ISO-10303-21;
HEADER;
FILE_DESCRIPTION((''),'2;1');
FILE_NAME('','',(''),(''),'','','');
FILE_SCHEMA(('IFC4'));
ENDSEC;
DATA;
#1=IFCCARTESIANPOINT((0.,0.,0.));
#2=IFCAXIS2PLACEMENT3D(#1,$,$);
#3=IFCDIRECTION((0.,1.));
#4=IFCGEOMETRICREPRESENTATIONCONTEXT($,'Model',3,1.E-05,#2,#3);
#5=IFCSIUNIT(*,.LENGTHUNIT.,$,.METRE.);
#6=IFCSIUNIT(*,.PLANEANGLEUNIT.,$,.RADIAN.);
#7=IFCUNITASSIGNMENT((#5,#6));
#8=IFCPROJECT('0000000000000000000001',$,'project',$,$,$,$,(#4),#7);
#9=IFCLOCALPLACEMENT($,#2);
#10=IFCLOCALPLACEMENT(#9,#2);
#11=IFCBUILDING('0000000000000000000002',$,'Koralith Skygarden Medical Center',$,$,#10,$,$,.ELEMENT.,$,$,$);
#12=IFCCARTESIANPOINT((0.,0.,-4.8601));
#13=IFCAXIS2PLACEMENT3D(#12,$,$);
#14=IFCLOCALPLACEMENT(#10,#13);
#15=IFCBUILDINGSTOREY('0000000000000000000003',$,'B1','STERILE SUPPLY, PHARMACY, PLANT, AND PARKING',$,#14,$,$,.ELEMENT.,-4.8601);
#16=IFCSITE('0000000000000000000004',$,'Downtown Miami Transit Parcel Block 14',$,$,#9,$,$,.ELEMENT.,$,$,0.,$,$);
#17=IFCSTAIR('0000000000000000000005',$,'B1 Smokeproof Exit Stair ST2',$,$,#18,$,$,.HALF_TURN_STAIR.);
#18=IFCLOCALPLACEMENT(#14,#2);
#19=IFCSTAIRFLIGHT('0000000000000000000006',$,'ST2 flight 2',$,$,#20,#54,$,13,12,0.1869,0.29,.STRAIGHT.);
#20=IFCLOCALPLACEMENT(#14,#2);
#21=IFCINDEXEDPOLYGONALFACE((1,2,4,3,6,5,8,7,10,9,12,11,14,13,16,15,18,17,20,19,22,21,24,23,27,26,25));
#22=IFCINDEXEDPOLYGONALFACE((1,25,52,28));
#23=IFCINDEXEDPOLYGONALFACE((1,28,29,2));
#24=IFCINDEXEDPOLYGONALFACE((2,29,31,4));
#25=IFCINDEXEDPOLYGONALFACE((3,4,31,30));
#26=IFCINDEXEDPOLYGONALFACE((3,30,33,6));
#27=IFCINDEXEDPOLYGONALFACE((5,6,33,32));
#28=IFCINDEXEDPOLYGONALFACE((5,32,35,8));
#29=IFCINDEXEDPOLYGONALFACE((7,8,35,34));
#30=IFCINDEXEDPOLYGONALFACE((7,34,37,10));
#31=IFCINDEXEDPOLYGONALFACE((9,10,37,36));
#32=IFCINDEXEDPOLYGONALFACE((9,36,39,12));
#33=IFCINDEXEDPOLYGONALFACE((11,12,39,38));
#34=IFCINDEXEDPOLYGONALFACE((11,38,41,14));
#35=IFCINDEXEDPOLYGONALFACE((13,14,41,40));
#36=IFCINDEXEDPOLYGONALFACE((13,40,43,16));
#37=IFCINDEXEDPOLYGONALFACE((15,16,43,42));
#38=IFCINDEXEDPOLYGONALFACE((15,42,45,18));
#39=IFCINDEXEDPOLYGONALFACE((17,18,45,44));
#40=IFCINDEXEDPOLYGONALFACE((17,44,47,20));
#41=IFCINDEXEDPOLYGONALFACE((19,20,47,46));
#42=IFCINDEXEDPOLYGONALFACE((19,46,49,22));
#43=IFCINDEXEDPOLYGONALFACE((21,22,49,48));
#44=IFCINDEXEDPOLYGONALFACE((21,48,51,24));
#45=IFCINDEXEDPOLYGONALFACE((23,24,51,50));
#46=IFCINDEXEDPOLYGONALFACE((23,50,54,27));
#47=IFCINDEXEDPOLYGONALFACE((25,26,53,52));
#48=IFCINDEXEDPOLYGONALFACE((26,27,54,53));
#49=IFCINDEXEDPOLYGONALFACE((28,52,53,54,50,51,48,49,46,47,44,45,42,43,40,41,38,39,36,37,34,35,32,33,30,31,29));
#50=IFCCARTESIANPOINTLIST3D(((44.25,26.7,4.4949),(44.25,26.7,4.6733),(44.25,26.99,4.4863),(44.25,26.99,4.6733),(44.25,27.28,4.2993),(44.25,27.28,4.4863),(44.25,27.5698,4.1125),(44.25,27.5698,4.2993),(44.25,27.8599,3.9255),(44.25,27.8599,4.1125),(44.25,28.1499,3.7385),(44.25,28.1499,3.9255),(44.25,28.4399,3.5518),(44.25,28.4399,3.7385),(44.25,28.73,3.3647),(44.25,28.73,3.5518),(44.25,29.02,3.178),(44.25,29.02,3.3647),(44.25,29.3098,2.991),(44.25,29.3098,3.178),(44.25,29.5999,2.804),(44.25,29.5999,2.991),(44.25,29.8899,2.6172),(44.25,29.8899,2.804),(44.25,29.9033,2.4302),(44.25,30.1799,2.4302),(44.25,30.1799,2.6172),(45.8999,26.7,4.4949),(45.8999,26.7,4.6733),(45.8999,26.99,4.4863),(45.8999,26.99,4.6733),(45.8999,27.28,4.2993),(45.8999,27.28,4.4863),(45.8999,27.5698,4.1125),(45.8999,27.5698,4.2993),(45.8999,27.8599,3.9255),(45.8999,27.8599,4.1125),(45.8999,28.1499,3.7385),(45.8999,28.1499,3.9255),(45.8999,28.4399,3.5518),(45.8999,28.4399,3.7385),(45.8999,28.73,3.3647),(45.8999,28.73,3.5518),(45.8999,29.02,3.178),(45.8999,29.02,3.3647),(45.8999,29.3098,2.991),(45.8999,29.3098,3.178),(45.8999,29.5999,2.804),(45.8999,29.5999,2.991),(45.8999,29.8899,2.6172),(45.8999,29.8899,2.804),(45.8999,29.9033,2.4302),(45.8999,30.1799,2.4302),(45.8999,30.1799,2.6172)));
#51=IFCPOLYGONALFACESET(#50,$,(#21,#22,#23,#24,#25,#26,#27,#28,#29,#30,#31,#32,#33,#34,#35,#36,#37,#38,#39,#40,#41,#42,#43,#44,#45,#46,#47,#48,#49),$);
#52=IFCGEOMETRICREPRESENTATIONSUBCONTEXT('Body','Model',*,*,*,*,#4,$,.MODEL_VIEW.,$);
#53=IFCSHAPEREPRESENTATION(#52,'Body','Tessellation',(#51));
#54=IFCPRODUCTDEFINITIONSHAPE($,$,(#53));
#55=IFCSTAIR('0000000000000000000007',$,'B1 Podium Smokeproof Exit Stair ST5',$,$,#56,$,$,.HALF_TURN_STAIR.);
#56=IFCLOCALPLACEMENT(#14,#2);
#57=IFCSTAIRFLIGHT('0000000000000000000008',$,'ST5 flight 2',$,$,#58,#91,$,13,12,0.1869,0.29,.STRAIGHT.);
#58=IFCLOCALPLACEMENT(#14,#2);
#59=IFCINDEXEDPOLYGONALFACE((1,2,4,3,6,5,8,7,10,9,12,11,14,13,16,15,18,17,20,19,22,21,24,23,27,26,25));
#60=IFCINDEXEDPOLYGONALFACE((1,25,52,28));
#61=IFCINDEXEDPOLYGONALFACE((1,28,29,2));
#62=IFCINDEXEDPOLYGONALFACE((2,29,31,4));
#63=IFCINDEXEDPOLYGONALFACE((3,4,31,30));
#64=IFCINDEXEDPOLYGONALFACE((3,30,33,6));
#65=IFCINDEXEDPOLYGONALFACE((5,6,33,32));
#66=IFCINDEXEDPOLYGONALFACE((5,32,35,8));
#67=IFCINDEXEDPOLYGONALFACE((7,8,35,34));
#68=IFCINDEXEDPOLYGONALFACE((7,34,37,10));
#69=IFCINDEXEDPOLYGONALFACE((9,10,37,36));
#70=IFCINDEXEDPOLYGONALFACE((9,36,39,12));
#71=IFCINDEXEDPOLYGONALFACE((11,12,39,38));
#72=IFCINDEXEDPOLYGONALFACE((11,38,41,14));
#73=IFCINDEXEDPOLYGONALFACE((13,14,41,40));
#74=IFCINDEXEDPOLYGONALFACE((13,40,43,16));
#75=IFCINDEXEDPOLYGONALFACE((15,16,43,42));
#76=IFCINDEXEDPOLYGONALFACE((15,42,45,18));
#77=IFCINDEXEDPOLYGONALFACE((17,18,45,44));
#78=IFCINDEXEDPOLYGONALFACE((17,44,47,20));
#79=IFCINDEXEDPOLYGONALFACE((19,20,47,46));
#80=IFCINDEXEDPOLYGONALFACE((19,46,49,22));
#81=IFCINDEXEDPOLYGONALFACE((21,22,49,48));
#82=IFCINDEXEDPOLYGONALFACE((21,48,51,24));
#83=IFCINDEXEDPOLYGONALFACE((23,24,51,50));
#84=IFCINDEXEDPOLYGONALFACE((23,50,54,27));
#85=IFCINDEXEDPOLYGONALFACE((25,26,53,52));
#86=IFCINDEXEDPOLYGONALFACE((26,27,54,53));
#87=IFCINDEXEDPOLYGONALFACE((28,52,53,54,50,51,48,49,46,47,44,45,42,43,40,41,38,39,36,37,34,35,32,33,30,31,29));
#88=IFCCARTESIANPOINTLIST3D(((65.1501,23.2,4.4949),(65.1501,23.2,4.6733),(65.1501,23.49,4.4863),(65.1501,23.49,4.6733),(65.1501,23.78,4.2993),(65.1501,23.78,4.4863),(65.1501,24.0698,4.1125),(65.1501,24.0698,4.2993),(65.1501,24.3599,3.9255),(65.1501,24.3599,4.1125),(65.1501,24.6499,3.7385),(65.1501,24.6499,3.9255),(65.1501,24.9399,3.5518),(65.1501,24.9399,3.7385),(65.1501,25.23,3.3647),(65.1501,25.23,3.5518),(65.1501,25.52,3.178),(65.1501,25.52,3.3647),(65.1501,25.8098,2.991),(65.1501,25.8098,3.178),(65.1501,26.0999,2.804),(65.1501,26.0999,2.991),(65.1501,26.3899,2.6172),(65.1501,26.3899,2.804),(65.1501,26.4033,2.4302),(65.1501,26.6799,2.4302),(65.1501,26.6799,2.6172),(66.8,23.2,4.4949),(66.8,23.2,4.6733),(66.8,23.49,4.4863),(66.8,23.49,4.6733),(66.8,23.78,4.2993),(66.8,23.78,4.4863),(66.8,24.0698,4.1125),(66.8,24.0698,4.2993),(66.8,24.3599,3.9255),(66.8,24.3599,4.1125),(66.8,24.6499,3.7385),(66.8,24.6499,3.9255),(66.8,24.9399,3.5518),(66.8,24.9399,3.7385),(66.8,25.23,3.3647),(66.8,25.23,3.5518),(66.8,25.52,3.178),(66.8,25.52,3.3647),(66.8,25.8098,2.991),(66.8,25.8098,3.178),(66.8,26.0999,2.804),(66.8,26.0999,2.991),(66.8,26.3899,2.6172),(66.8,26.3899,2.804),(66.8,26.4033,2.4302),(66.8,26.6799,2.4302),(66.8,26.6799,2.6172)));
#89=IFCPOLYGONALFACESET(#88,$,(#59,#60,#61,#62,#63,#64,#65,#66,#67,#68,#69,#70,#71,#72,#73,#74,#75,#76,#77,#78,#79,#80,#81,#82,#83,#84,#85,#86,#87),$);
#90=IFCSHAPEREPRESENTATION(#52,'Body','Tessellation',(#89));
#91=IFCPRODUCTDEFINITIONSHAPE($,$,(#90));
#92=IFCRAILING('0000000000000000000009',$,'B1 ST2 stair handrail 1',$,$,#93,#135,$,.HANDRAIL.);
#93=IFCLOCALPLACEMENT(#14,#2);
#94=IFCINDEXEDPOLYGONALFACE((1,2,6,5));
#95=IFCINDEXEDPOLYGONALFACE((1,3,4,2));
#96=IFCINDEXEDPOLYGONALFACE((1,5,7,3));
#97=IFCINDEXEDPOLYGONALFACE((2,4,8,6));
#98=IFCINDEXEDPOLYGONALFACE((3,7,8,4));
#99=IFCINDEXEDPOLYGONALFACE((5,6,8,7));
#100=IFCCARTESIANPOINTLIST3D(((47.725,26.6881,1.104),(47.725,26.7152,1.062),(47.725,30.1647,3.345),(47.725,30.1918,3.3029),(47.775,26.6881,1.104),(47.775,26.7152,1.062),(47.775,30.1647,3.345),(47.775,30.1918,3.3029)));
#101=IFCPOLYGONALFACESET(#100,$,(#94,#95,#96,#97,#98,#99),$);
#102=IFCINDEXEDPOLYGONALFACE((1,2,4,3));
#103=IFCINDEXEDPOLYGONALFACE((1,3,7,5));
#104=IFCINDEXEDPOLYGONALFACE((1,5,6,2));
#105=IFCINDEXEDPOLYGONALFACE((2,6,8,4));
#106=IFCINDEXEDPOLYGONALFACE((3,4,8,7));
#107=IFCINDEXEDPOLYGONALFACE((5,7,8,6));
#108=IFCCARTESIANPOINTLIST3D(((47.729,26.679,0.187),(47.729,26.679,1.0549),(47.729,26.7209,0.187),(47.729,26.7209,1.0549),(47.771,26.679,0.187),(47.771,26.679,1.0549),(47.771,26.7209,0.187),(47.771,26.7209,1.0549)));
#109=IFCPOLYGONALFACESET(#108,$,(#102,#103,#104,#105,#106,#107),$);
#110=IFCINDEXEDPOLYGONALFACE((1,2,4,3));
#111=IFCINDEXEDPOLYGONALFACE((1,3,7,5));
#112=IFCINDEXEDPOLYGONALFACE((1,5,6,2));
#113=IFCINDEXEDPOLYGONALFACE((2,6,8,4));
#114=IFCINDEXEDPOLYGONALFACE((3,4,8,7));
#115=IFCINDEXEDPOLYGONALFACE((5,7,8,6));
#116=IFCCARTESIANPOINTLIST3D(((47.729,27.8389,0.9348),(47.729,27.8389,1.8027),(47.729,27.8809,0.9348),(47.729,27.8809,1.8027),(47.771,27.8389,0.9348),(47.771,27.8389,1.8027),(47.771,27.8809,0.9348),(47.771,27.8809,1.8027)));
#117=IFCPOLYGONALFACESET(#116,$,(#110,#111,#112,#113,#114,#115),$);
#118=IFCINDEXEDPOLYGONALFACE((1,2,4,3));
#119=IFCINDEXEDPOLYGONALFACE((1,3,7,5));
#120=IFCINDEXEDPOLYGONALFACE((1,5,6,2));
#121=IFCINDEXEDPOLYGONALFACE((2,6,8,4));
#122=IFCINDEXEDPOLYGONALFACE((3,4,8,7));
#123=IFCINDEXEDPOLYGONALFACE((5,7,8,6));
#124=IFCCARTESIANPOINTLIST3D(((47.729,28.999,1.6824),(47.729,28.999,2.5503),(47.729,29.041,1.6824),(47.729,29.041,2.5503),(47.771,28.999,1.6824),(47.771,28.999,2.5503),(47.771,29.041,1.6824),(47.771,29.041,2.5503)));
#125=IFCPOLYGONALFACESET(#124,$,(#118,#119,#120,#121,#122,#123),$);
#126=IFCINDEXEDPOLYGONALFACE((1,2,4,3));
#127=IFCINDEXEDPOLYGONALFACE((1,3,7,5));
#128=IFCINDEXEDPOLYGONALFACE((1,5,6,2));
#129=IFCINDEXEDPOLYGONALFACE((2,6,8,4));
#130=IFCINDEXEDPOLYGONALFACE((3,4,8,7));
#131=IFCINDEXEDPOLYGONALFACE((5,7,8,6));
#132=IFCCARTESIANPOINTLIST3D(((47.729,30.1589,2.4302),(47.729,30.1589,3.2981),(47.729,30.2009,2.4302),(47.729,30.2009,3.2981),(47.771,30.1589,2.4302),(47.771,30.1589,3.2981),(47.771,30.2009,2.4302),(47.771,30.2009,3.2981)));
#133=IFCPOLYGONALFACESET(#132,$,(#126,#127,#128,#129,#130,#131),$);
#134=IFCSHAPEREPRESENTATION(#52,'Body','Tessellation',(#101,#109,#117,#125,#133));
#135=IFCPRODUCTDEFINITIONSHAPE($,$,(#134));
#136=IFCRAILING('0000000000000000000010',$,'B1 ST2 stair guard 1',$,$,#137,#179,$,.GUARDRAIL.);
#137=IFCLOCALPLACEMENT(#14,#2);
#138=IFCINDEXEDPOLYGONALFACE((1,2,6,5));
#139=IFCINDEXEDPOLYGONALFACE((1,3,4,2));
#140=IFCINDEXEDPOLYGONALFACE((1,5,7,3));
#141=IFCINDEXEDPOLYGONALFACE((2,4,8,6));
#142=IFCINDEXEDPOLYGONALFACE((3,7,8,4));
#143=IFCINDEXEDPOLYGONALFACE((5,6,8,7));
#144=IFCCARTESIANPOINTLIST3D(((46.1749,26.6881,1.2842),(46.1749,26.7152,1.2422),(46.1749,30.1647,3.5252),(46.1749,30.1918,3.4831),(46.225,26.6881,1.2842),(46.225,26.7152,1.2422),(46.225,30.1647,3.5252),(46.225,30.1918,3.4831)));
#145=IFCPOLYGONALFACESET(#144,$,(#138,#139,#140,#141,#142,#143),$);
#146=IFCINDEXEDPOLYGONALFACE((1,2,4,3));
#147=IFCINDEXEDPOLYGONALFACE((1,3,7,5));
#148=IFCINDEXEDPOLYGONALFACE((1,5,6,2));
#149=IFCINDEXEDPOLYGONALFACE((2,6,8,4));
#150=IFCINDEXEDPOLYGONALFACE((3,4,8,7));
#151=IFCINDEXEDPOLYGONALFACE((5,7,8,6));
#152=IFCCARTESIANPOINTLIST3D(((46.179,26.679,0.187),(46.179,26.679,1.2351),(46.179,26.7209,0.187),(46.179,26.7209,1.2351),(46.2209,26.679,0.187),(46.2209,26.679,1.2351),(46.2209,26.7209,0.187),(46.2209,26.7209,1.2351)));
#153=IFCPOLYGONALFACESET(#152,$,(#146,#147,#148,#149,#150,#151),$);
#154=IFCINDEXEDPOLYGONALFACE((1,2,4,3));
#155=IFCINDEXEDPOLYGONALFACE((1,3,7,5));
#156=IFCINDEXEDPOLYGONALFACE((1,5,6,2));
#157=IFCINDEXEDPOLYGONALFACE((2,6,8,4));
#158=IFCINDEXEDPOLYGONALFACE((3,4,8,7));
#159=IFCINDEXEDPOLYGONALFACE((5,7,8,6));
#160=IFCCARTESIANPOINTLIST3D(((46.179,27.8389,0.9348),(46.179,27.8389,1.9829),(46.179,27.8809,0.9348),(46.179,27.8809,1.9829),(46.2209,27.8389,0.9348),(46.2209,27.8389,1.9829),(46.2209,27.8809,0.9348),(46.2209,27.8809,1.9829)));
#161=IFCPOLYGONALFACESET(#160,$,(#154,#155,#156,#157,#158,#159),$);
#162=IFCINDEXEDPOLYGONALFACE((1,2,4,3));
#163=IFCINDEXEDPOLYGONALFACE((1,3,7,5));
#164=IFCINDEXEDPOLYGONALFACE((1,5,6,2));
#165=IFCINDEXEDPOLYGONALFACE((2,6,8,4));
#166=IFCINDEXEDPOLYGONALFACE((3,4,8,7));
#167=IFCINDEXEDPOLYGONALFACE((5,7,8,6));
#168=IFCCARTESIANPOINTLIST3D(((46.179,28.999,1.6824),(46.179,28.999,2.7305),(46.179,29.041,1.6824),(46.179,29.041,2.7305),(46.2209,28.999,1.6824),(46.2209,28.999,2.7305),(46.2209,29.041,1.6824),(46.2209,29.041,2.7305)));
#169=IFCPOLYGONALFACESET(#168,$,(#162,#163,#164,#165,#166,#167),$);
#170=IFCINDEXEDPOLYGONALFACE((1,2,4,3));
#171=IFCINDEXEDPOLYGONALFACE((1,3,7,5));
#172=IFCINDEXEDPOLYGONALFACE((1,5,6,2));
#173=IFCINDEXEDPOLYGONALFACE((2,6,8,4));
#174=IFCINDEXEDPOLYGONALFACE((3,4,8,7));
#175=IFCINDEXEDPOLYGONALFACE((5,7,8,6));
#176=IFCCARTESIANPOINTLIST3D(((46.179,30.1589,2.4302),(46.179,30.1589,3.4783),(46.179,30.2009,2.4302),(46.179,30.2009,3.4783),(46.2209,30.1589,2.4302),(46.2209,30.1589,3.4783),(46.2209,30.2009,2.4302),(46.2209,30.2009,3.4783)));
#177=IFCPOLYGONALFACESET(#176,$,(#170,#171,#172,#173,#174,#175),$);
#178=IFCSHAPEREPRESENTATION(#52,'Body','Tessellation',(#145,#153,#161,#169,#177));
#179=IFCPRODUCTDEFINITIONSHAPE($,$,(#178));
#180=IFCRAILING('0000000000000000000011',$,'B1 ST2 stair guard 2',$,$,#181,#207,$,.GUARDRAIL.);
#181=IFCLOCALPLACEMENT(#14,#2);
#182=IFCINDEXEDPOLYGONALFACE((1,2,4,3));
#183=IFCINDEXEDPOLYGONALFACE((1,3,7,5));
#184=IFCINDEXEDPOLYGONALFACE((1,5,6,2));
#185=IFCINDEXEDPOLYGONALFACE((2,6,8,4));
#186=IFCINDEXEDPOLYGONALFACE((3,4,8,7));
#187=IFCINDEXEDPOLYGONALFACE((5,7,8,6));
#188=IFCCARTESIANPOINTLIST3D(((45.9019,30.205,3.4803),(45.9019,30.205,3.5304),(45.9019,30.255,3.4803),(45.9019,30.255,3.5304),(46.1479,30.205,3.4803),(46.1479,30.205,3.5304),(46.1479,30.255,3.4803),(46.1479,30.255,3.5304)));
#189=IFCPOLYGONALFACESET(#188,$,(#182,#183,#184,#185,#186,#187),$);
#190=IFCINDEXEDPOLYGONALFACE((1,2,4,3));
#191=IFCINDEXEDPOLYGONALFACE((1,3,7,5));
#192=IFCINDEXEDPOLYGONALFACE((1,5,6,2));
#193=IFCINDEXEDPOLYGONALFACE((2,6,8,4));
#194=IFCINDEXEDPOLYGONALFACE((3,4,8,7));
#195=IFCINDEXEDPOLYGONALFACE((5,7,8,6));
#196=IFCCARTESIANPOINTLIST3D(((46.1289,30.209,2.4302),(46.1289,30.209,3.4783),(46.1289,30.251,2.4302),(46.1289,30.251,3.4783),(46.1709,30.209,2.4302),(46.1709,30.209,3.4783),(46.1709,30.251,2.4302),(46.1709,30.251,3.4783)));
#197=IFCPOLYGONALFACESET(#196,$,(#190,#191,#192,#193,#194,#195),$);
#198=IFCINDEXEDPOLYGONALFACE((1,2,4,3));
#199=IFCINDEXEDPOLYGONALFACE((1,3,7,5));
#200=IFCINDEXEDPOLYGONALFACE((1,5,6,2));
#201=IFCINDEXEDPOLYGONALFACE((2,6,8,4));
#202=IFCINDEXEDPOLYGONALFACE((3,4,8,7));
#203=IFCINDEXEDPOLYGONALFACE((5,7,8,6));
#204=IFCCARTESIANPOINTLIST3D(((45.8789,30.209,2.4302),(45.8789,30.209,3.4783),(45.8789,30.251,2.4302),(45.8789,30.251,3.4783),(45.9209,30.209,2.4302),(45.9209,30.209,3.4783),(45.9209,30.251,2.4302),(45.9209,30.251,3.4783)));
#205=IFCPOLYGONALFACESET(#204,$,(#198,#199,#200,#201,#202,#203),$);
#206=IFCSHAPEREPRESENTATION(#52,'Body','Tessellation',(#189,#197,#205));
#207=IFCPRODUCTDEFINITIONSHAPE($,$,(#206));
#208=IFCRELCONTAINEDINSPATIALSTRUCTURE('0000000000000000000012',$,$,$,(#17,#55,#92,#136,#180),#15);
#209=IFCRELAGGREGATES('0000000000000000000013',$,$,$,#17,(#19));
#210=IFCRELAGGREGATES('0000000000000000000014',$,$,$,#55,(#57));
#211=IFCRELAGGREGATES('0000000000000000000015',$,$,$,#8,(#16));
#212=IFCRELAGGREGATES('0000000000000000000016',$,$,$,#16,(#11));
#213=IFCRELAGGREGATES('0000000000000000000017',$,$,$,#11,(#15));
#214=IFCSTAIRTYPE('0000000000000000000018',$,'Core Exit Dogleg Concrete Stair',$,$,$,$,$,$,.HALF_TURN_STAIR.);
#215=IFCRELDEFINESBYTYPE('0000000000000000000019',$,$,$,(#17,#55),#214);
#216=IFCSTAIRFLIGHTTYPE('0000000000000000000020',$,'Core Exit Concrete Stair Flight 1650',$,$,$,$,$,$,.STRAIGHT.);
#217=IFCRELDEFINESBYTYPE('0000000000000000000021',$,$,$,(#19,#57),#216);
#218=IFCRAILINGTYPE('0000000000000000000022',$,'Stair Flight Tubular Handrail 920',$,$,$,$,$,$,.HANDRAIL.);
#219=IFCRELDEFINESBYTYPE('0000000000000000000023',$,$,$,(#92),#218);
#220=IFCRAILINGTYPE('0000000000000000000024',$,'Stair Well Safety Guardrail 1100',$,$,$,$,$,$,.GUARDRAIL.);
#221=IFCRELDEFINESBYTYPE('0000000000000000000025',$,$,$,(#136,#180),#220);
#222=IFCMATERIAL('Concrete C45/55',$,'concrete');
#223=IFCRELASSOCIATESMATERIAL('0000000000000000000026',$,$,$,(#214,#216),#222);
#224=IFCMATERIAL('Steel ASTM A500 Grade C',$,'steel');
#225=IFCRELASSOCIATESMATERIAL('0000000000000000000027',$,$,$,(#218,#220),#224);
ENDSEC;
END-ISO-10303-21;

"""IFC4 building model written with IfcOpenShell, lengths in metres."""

from ifc_helpers import new_model, si_unit, direction, frame, origin, origin_2d, place, context, subcontext, project, spatial, polyline, rectangle, outline, extrude, material, type_object, element, aggregate, save


model = new_model("IFC4")

# Units and contexts
model_context = context("Model", 3, precision=1e-05, world=origin(), true_north=direction((0.0, 1.0)))
body_context = subcontext(model_context, "Body", "Model", "MODEL_VIEW")
ifc_project = project(units=[si_unit("LENGTHUNIT", "METRE"), si_unit("PLANEANGLEUNIT", "RADIAN")], contexts=[model_context])

# Site, building, storey
site_placement = place(None, origin())
site = spatial("IfcSite", under=ifc_project, at=site_placement, Name="Downtown Miami Transit Parcel Block 14", CompositionType="ELEMENT", RefElevation=0.0)
building_placement = place(site_placement, origin())
building = spatial("IfcBuilding", under=site, at=building_placement, Name="Koralith Skygarden Medical Center", CompositionType="ELEMENT")
storey_placement = place(building_placement, frame((0.0, 0.0, -4.8601)))
storey = spatial("IfcBuildingStorey", under=building, at=storey_placement, Name="B1", Description="STERILE SUPPLY, PHARMACY, PLANT, AND PARKING", CompositionType="ELEMENT", Elevation=-4.8601)

# Shared definitions
ifc_material_1 = material(Name="Concrete C45/55", Category="concrete")

# Stair, stair flight
stair_type = type_object("IfcStairType", Name="Core Exit Dogleg Concrete Stair", PredefinedType="HALF_TURN_STAIR", material=ifc_material_1)
stair_1_placement = place(storey_placement, origin())
stair_1 = element("IfcStair", 1, at=stair_1_placement, inside=storey, type_object=stair_type, Name="B1 Smokeproof Exit Stair ST2", PredefinedType="HALF_TURN_STAIR")
stair_flight_type = type_object("IfcStairFlightType", Name="Core Exit Concrete Stair Flight 1650", PredefinedType="STRAIGHT", material=ifc_material_1)
stair_flight_1_placement = place(storey_placement, frame((45.075, 30.1799, 2.4302), z_axis=(0.0, 0.0, 1.0), x_axis=(0.0, -1.0, 0.0)))
stair_flight_1 = element("IfcStairFlight", 2, at=stair_flight_1_placement, type_object=stair_flight_type, Name="ST2 flight 2", NumberOfRisers=13, NumberOfTreads=12, PredefinedType="STRAIGHT", RiserHeight=0.1869, TreadLength=0.29, context=body_context, shape_type="SweptSolid", body=[
    extrude(outline(polyline([(0.0, 0.0), (0.0, 0.187), (0.29, 0.187), (0.29, 0.3738), (0.5801, 0.3738), (0.5801, 0.5608), (0.8701, 0.5608), (0.8701, 0.7478), (1.1599, 0.7478), (1.1599, 0.9346), (1.45, 0.9346), (1.45, 1.1216), (1.74, 1.1216), (1.74, 1.3083), (2.03, 1.3083), (2.03, 1.4954), (2.3201, 1.4954), (2.3201, 1.6824), (2.6101, 1.6824), (2.6101, 1.8691), (2.8999, 1.8691), (2.8999, 2.0562), (3.1899, 2.0562), (3.1899, 2.2432), (3.48, 2.2432), (3.48, 2.4299), (3.48, 2.0647), (0.2766, 0.0), (0.0, 0.0)])), frame((0.0, 0.825, 0.0), z_axis=(0.0, -1.0, 0.0), x_axis=(1.0, 0.0, 0.0)), (0.0, 0.0, 1.0), 1.6499),
])
aggregate(stair_1, [stair_flight_1])

# Stair, stair flight
stair_2_placement = place(storey_placement, origin())
stair_2 = element("IfcStair", 3, at=stair_2_placement, inside=storey, type_object=stair_type, Name="B1 Podium Smokeproof Exit Stair ST5", PredefinedType="HALF_TURN_STAIR")
stair_flight_2_placement = place(storey_placement, frame((65.9751, 26.6799, 2.4302), z_axis=(0.0, 0.0, 1.0), x_axis=(0.0, -1.0, 0.0)))
stair_flight_2 = element("IfcStairFlight", 4, at=stair_flight_2_placement, type_object=stair_flight_type, Name="ST5 flight 2", NumberOfRisers=13, NumberOfTreads=12, PredefinedType="STRAIGHT", RiserHeight=0.1869, TreadLength=0.29, context=body_context, shape_type="SweptSolid", body=[
    extrude(outline(polyline([(0.0, 0.0), (0.0, 0.187), (0.29, 0.187), (0.29, 0.3738), (0.5801, 0.3738), (0.5801, 0.5608), (0.8701, 0.5608), (0.8701, 0.7478), (1.1599, 0.7478), (1.1599, 0.9346), (1.45, 0.9346), (1.45, 1.1216), (1.74, 1.1216), (1.74, 1.3083), (2.03, 1.3083), (2.03, 1.4954), (2.3201, 1.4954), (2.3201, 1.6824), (2.6101, 1.6824), (2.6101, 1.8691), (2.8999, 1.8691), (2.8999, 2.0562), (3.1899, 2.0562), (3.1899, 2.2432), (3.48, 2.2432), (3.48, 2.4299), (3.48, 2.0647), (0.2766, 0.0), (0.0, 0.0)])), frame((0.0, 0.825, 0.0), z_axis=(0.0, -1.0, 0.0), x_axis=(1.0, 0.0, 0.0)), (0.0, 0.0, 1.0), 1.6499),
])
aggregate(stair_2, [stair_flight_2])

# Railings
ifc_material_2 = material(Name="Steel ASTM A500 Grade C", Category="steel")
railing_type_1 = type_object("IfcRailingType", Name="Stair Flight Tubular Handrail 920", PredefinedType="HANDRAIL", material=ifc_material_2)
railing_1_placement = place(storey_placement, frame((47.75, 26.7, 0.187)))
element("IfcRailing", 5, at=railing_1_placement, inside=storey, type_object=railing_type_1, Name="B1 ST2 stair handrail 1", PredefinedType="HANDRAIL", context=body_context, shape_type="SweptSolid", body=[
    extrude(rectangle(XDim=0.05, YDim=0.05, at=origin_2d()), frame((0.0, 0.0017, 0.896), z_axis=(0.0, 0.840515, 0.541788), x_axis=(-1.0, 0.0, 0.0)), (0.0, 0.0, 1.0), 4.1362),
    extrude(rectangle(XDim=0.042, YDim=0.042, at=origin_2d()), origin(), (0.0, 0.0, 1.0), 0.8679),
    extrude(rectangle(XDim=0.042, YDim=0.042, at=origin_2d()), frame((0.0, 1.1599, 0.7478)), (0.0, 0.0, 1.0), 0.8679),
    extrude(rectangle(XDim=0.042, YDim=0.042, at=origin_2d()), frame((0.0, 2.3201, 1.4954)), (0.0, 0.0, 1.0), 0.8679),
    extrude(rectangle(XDim=0.042, YDim=0.042, at=origin_2d()), frame((0.0, 3.48, 2.2432)), (0.0, 0.0, 1.0), 0.8679),
])
railing_type_2 = type_object("IfcRailingType", Name="Stair Well Safety Guardrail 1100", PredefinedType="GUARDRAIL", material=ifc_material_2)
railing_2_placement = place(storey_placement, frame((46.2, 26.7, 0.187)))
element("IfcRailing", 6, at=railing_2_placement, inside=storey, type_object=railing_type_2, Name="B1 ST2 stair guard 1", PredefinedType="GUARDRAIL", context=body_context, shape_type="SweptSolid", body=[
    extrude(rectangle(XDim=0.05, YDim=0.05, at=origin_2d()), frame((0.0, 0.0017, 1.0762), z_axis=(0.0, 0.840515, 0.541788), x_axis=(-1.0, 0.0, 0.0)), (0.0, 0.0, 1.0), 4.1362),
    extrude(rectangle(XDim=0.042, YDim=0.042, at=origin_2d()), origin(), (0.0, 0.0, 1.0), 1.0481),
    extrude(rectangle(XDim=0.042, YDim=0.042, at=origin_2d()), frame((0.0, 1.1599, 0.7478)), (0.0, 0.0, 1.0), 1.0481),
    extrude(rectangle(XDim=0.042, YDim=0.042, at=origin_2d()), frame((0.0, 2.3201, 1.4954)), (0.0, 0.0, 1.0), 1.0481),
    extrude(rectangle(XDim=0.042, YDim=0.042, at=origin_2d()), frame((0.0, 3.48, 2.2432)), (0.0, 0.0, 1.0), 1.0481),
])
railing_3_placement = place(storey_placement, frame((46.1499, 30.23, 2.4302)))
element("IfcRailing", 7, at=railing_3_placement, inside=storey, type_object=railing_type_2, Name="B1 ST2 stair guard 2", PredefinedType="GUARDRAIL", context=body_context, shape_type="SweptSolid", body=[
    extrude(rectangle(XDim=0.05, YDim=0.05, at=origin_2d()), frame((-0.002, 0.0, 1.0752), z_axis=(-1.0, 0.0, 0.0), x_axis=(0.0, -1.0, 0.0)), (0.0, 0.0, 1.0), 0.2461),
    extrude(rectangle(XDim=0.042, YDim=0.042, at=origin_2d()), origin(), (0.0, 0.0, 1.0), 1.0481),
    extrude(rectangle(XDim=0.042, YDim=0.042, at=origin_2d()), frame((-0.25, 0.0, 0.0)), (0.0, 0.0, 1.0), 1.0481),
])

save(model, "model.ifc")
